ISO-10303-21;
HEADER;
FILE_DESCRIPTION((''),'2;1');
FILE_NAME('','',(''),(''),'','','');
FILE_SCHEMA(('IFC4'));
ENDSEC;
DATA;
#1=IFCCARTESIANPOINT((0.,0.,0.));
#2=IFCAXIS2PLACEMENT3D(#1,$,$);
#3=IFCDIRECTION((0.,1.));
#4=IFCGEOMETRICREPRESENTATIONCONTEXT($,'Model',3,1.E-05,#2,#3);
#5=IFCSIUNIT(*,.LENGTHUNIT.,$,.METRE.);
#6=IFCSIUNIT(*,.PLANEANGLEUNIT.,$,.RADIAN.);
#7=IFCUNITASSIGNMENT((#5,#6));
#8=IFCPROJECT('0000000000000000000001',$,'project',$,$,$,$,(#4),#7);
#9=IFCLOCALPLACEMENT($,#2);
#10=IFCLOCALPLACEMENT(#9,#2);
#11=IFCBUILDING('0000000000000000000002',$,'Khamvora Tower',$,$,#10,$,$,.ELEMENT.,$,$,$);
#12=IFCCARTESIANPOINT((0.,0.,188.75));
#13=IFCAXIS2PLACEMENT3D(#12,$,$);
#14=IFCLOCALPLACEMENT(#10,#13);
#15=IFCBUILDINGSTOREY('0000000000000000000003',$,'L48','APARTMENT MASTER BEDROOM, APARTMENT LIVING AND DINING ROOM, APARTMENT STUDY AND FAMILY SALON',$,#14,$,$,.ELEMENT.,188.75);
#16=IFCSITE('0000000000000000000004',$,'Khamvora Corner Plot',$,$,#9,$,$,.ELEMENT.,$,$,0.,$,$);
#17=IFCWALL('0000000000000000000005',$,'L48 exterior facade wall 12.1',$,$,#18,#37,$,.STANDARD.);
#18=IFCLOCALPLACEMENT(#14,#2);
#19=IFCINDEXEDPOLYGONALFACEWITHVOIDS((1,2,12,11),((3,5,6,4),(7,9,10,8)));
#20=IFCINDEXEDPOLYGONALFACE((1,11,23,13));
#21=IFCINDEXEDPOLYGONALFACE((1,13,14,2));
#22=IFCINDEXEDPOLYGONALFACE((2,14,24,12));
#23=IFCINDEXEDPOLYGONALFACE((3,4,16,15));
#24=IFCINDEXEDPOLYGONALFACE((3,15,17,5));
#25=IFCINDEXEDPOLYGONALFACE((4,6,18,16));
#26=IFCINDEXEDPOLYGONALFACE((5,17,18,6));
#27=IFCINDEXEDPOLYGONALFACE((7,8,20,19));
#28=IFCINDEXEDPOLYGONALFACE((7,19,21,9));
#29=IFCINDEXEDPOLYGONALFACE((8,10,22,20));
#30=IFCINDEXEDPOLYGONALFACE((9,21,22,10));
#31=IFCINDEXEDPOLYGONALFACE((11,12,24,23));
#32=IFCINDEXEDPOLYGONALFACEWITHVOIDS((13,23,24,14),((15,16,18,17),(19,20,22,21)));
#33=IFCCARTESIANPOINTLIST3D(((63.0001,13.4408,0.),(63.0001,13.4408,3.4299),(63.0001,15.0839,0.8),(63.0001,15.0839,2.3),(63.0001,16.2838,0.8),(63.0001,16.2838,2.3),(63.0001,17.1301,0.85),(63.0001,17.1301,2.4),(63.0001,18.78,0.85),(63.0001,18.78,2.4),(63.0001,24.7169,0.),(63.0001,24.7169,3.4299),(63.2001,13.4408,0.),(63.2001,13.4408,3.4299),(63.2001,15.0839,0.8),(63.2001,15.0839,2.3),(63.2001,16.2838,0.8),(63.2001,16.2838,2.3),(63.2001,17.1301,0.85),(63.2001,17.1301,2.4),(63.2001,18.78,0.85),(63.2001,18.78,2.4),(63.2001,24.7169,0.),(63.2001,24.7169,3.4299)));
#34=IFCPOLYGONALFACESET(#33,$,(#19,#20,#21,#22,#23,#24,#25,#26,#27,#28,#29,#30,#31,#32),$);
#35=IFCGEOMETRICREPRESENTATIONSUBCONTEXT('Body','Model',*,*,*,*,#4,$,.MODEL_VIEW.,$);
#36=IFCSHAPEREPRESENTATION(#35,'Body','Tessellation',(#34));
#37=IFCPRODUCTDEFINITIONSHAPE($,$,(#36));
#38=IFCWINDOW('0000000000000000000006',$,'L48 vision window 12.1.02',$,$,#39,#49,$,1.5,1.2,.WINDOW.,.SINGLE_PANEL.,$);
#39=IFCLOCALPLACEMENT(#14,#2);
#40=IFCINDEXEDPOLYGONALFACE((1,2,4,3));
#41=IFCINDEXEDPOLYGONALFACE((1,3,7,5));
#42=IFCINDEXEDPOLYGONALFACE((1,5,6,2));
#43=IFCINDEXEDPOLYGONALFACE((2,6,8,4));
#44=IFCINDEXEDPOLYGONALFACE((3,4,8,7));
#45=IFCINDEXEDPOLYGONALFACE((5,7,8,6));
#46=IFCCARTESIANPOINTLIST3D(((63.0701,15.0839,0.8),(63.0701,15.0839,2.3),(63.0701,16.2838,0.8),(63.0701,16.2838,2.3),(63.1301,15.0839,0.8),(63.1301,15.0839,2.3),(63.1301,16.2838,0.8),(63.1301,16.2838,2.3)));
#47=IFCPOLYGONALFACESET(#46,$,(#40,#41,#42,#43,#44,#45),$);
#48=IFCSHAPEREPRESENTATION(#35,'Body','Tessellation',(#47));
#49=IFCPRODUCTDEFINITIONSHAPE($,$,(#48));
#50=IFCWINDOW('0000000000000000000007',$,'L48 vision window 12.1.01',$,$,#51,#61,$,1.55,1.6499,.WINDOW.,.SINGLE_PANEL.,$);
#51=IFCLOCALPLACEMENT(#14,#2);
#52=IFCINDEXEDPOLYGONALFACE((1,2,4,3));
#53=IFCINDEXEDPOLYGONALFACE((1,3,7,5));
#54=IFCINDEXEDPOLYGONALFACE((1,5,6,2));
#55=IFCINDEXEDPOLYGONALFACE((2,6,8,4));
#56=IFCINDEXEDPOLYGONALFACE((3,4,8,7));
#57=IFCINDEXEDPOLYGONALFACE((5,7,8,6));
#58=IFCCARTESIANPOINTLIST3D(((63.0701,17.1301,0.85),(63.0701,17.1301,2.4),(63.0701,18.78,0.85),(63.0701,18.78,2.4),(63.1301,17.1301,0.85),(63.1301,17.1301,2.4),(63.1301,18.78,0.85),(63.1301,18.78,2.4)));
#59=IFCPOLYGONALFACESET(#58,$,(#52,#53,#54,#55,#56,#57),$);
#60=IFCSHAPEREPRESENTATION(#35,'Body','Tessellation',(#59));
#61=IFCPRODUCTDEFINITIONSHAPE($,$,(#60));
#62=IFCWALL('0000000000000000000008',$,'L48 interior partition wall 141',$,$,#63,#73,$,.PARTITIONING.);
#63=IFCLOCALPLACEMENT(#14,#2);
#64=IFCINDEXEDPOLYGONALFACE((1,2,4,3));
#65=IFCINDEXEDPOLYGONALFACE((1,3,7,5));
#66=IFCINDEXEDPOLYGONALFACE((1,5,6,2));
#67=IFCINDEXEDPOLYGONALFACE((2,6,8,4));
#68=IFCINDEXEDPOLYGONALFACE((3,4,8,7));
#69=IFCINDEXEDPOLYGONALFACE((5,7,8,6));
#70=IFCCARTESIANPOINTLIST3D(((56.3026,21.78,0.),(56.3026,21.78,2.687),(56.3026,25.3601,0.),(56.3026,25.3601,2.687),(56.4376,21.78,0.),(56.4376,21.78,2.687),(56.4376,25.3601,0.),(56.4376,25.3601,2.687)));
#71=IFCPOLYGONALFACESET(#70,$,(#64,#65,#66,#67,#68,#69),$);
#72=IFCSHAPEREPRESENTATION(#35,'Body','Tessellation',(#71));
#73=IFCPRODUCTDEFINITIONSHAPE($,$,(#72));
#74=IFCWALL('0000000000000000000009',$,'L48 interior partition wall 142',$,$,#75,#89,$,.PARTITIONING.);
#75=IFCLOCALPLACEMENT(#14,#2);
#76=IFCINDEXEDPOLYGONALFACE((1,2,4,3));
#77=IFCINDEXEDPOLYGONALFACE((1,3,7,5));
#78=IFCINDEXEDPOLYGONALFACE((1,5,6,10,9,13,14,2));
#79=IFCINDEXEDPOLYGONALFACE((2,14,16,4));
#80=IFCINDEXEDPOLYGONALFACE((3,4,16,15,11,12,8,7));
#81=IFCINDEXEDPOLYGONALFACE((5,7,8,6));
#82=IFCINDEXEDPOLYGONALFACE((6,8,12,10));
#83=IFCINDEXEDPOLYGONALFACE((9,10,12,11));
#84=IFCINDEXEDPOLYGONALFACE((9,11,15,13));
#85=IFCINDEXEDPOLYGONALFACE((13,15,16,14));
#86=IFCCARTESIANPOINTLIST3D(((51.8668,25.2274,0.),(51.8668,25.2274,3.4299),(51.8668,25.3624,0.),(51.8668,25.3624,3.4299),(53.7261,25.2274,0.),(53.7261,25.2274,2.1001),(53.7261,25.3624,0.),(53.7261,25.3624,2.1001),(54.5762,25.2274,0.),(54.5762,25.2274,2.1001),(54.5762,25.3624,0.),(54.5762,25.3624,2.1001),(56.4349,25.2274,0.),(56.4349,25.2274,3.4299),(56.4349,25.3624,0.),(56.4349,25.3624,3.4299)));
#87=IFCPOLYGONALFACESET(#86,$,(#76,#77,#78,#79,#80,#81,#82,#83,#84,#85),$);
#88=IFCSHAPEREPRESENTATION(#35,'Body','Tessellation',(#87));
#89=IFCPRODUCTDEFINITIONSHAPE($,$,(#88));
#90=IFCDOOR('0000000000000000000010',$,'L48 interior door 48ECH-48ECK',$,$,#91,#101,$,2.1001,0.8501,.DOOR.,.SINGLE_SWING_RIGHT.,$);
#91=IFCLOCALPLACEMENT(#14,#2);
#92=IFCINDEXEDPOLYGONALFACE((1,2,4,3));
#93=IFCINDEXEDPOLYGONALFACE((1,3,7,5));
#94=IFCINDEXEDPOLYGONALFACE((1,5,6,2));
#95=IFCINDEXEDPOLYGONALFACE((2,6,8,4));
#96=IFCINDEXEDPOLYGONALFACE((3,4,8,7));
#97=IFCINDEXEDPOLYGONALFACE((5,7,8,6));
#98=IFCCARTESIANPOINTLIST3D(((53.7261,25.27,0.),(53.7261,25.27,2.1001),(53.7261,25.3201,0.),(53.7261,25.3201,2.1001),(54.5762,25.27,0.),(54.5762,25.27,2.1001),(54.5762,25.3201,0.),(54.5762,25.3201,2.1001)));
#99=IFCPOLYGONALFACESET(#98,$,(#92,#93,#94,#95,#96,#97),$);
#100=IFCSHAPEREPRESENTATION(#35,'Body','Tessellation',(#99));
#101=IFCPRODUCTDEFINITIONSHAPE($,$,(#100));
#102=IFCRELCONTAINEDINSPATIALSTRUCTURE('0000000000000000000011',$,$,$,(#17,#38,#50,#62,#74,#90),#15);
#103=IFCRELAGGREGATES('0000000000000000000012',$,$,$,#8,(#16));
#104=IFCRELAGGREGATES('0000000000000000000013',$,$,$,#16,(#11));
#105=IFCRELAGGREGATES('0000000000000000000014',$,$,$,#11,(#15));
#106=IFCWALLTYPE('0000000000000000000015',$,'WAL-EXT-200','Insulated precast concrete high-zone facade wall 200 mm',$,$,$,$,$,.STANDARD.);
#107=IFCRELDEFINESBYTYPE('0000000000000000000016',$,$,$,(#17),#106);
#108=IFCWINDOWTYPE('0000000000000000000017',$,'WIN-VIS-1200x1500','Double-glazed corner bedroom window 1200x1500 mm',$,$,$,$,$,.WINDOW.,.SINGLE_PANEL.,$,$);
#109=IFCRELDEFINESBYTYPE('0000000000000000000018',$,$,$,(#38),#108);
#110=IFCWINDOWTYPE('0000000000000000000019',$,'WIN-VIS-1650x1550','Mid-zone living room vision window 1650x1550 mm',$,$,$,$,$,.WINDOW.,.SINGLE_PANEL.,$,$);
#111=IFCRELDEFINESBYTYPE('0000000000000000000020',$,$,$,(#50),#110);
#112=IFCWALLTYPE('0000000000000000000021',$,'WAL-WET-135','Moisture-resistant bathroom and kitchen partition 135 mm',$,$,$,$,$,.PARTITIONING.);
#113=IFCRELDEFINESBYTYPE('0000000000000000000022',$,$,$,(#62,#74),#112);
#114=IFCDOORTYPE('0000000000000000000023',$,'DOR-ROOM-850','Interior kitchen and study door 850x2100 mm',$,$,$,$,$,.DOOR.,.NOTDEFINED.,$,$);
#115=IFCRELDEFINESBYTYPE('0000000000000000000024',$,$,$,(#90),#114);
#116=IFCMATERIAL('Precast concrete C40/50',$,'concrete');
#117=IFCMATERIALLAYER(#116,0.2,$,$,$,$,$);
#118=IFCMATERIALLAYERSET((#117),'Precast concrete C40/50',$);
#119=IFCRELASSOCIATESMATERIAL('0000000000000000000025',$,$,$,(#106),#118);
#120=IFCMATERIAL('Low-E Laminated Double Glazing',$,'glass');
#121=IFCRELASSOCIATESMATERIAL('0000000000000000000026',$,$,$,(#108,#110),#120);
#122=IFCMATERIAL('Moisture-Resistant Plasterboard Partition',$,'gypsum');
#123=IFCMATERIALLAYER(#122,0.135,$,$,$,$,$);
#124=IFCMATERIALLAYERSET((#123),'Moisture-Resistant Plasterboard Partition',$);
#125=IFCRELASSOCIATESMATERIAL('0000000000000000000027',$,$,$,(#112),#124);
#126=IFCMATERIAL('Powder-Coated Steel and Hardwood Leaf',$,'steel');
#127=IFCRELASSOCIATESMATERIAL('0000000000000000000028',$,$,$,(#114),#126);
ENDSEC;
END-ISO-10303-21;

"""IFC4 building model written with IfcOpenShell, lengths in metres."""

from ifc_helpers import new_model, si_unit, direction, frame, frame_2d, origin, place, context, subcontext, project, spatial, rectangle, extrude, material, layer, layer_set, type_object, element, fill, save


model = new_model("IFC4")

# Units and contexts
model_context = context("Model", 3, precision=1e-05, world=origin(), true_north=direction((0.0, 1.0)))
body_context = subcontext(model_context, "Body", "Model", "MODEL_VIEW")
ifc_project = project(units=[si_unit("LENGTHUNIT", "METRE"), si_unit("PLANEANGLEUNIT", "RADIAN")], contexts=[model_context])

# Site, building, storey
site_placement = place(None, origin())
site = spatial("IfcSite", under=ifc_project, at=site_placement, Name="Khamvora Corner Plot", CompositionType="ELEMENT", RefElevation=0.0)
building_placement = place(site_placement, origin())
building = spatial("IfcBuilding", under=site, at=building_placement, Name="Khamvora Tower", CompositionType="ELEMENT")
storey_placement = place(building_placement, frame((0.0, 0.0, 188.75)))
storey = spatial("IfcBuildingStorey", under=building, at=storey_placement, Name="L48", Description="APARTMENT MASTER BEDROOM, APARTMENT LIVING AND DINING ROOM, APARTMENT STUDY AND FAMILY SALON", CompositionType="ELEMENT", Elevation=188.75)

# Shared definitions
ifc_material_1 = material(Name="Powder-Coated Steel and Hardwood Leaf", Category="steel")

# Wall, openings, windows
ifc_material_2 = material(Name="Precast concrete C40/50", Category="concrete")
ifc_layer_1 = layer(ifc_material_2, 0.2)
ifc_layer_set_1 = layer_set([ifc_layer_1], Name="Precast concrete C40/50")
wall_type_1 = type_object("IfcWallType", Name="WAL-EXT-200", Description="Insulated precast concrete high-zone facade wall 200 mm", PredefinedType="STANDARD", material=ifc_layer_set_1)
wall_1_placement = place(storey_placement, frame((63.1001, 24.717, 0.0), z_axis=(0.0, 0.0, 1.0), x_axis=(0.0, -1.0, 0.0)))
wall_1 = element("IfcWall", 1, at=wall_1_placement, inside=storey, type_object=wall_type_1, Name="L48 exterior facade wall 12.1", PredefinedType="STANDARD", context=body_context, shape_type="SweptSolid", body=[
    extrude(rectangle(XDim=11.2761, YDim=0.2, at=frame_2d((5.6382, 0.0))), origin(), (0.0, 0.0, 1.0), 3.4299),
])
opening_1_placement = place(wall_1_placement, frame((5.937, 0.0, 0.8501)))
opening_1 = element("IfcOpeningElement", 2, at=opening_1_placement, cuts=wall_1, PredefinedType="OPENING", context=body_context, shape_type="SweptSolid", body=[
    extrude(rectangle(XDim=1.6499, YDim=1.55, at=frame_2d((0.825, 0.7749))), frame((0.0, 0.1099, 0.0), z_axis=(0.0, -1.0, 0.0), x_axis=(1.0, 0.0, 0.0)), (0.0, 0.0, 1.0), 0.22),
])
opening_2_placement = place(wall_1_placement, frame((8.4331, 0.0, 0.8)))
opening_2 = element("IfcOpeningElement", 3, at=opening_2_placement, cuts=wall_1, PredefinedType="OPENING", context=body_context, shape_type="SweptSolid", body=[
    extrude(rectangle(XDim=1.2, YDim=1.5, at=frame_2d((0.6001, 0.75))), frame((0.0, 0.1099, 0.0), z_axis=(0.0, -1.0, 0.0), x_axis=(1.0, 0.0, 0.0)), (0.0, 0.0, 1.0), 0.22),
])
ifc_material_3 = material(Name="Low-E Laminated Double Glazing", Category="glass")
window_type_1 = type_object("IfcWindowType", Name="WIN-VIS-1200x1500", Description="Double-glazed corner bedroom window 1200x1500 mm", PartitioningType="SINGLE_PANEL", PredefinedType="WINDOW", material=ifc_material_3)
window_1_placement = place(opening_2_placement, origin())
window_1 = element("IfcWindow", 4, at=window_1_placement, inside=storey, type_object=window_type_1, Name="L48 vision window 12.1.02", OverallHeight=1.5, OverallWidth=1.2, PartitioningType="SINGLE_PANEL", PredefinedType="WINDOW", context=body_context, shape_type="SweptSolid", body=[
    extrude(rectangle(XDim=1.2, YDim=1.5, at=frame_2d((0.6001, 0.75))), frame((0.0, 0.03, 0.0), z_axis=(0.0, -1.0, 0.0), x_axis=(1.0, 0.0, 0.0)), (0.0, 0.0, 1.0), 0.0601),
])
fill(opening_2, window_1)
window_type_2 = type_object("IfcWindowType", Name="WIN-VIS-1650x1550", Description="Mid-zone living room vision window 1650x1550 mm", PartitioningType="SINGLE_PANEL", PredefinedType="WINDOW", material=ifc_material_3)
window_2_placement = place(opening_1_placement, origin())
window_2 = element("IfcWindow", 5, at=window_2_placement, inside=storey, type_object=window_type_2, Name="L48 vision window 12.1.01", OverallHeight=1.55, OverallWidth=1.6499, PartitioningType="SINGLE_PANEL", PredefinedType="WINDOW", context=body_context, shape_type="SweptSolid", body=[
    extrude(rectangle(XDim=1.6499, YDim=1.55, at=frame_2d((0.825, 0.7749))), frame((0.0, 0.03, 0.0), z_axis=(0.0, -1.0, 0.0), x_axis=(1.0, 0.0, 0.0)), (0.0, 0.0, 1.0), 0.0601),
])
fill(opening_1, window_2)

# Wall
ifc_material_4 = material(Name="Moisture-Resistant Plasterboard Partition", Category="gypsum")
ifc_layer_2 = layer(ifc_material_4, 0.135)
ifc_layer_set_2 = layer_set([ifc_layer_2], Name="Moisture-Resistant Plasterboard Partition")
wall_type_2 = type_object("IfcWallType", Name="WAL-WET-135", Description="Moisture-resistant bathroom and kitchen partition 135 mm", PredefinedType="PARTITIONING", material=ifc_layer_set_2)
wall_2_placement = place(storey_placement, frame((56.3701, 21.78, 0.0), z_axis=(0.0, 0.0, 1.0), x_axis=(0.0, 1.0, 0.0)))
element("IfcWall", 6, at=wall_2_placement, inside=storey, type_object=wall_type_2, Name="L48 interior partition wall 141", PredefinedType="PARTITIONING", context=body_context, shape_type="SweptSolid", body=[
    extrude(rectangle(XDim=3.5801, YDim=0.135, at=frame_2d((1.79, 0.0))), origin(), (0.0, 0.0, 1.0), 2.687),
])

# Wall, opening, door
wall_3_placement = place(storey_placement, frame((56.4351, 25.2949, 0.0), z_axis=(0.0, 0.0, 1.0), x_axis=(-1.0, 0.0, 0.0)))
wall_3 = element("IfcWall", 7, at=wall_3_placement, inside=storey, type_object=wall_type_2, Name="L48 interior partition wall 142", PredefinedType="PARTITIONING", context=body_context, shape_type="SweptSolid", body=[
    extrude(rectangle(XDim=4.5681, YDim=0.135, at=frame_2d((2.2842, 0.0))), origin(), (0.0, 0.0, 1.0), 3.4299),
])
opening_3_placement = place(wall_3_placement, frame((1.8589, 0.0, 0.0)))
opening_3 = element("IfcOpeningElement", 8, at=opening_3_placement, cuts=wall_3, PredefinedType="OPENING", context=body_context, shape_type="SweptSolid", body=[
    extrude(rectangle(XDim=0.8501, YDim=2.1001, at=frame_2d((0.425, 1.05))), frame((0.0, 0.0774, 0.0), z_axis=(0.0, -1.0, 0.0), x_axis=(1.0, 0.0, 0.0)), (0.0, 0.0, 1.0), 0.155),
])
door_type_1 = type_object("IfcDoorType", Name="DOR-ROOM-850", Description="Interior kitchen and study door 850x2100 mm", OperationType="NOTDEFINED", PredefinedType="DOOR", material=ifc_material_1)
door_1_placement = place(opening_3_placement, origin())
door_1 = element("IfcDoor", 9, at=door_1_placement, inside=storey, type_object=door_type_1, Name="L48 interior door 48ECH-48ECK", OperationType="SINGLE_SWING_RIGHT", OverallHeight=2.1001, OverallWidth=0.8501, PredefinedType="DOOR", context=body_context, shape_type="SweptSolid", body=[
    extrude(rectangle(XDim=0.8501, YDim=2.1001, at=frame_2d((0.425, 1.05))), frame((0.0, 0.0249, 0.0), z_axis=(0.0, -1.0, 0.0), x_axis=(1.0, 0.0, 0.0)), (0.0, 0.0, 1.0), 0.05),
])
fill(opening_3, door_1)

save(model, "model.ifc")
